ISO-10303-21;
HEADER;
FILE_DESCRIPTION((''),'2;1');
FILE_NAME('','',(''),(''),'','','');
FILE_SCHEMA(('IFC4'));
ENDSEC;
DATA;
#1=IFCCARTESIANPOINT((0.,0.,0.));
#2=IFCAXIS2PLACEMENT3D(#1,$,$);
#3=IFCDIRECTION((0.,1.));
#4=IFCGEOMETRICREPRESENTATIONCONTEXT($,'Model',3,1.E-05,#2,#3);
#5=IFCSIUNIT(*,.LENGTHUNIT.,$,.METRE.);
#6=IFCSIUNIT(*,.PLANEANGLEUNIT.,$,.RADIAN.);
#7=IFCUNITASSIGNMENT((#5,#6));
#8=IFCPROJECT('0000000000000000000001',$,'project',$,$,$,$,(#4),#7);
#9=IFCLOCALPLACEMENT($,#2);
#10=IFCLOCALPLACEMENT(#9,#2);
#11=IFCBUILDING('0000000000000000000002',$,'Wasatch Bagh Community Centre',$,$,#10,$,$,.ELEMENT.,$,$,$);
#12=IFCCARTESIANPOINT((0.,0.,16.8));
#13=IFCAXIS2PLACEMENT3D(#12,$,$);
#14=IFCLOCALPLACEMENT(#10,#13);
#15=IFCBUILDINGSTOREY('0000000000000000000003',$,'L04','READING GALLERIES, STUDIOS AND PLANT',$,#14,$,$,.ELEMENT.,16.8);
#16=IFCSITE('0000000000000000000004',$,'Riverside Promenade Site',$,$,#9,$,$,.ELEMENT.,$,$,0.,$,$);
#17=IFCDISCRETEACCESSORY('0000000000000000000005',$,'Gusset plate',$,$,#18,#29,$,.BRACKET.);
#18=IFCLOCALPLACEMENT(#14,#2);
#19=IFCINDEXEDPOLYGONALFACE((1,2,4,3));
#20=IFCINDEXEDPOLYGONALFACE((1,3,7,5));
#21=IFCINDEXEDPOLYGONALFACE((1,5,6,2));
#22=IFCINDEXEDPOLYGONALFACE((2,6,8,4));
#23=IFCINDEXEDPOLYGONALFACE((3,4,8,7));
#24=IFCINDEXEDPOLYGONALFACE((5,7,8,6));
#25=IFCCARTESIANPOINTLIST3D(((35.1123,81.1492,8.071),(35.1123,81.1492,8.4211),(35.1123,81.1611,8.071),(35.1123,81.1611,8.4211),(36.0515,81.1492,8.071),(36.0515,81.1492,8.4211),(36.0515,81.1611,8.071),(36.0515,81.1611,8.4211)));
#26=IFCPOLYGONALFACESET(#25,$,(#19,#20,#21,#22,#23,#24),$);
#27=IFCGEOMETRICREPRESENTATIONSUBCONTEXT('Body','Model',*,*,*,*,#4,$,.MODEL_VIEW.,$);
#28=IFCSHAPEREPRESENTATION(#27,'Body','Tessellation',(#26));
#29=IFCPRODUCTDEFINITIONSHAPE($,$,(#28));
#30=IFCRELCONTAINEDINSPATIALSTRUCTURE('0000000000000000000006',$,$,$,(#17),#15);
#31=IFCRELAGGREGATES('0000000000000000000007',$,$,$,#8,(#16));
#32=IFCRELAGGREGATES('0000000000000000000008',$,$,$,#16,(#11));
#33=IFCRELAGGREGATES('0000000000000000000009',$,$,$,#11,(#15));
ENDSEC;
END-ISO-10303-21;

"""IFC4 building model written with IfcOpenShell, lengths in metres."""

from ifc_helpers import new_model, si_unit, direction, frame, origin, place, context, subcontext, project, spatial, polyline, outline, extrude, element, save


model = new_model("IFC4")

# Units and contexts
model_context = context("Model", 3, precision=1e-05, world=origin(), true_north=direction((0.0, 1.0)))
body_context = subcontext(model_context, "Body", "Model", "MODEL_VIEW")
ifc_project = project(units=[si_unit("LENGTHUNIT", "METRE"), si_unit("PLANEANGLEUNIT", "RADIAN")], contexts=[model_context])

# Site, building, storey
site_placement = place(None, origin())
site = spatial("IfcSite", under=ifc_project, at=site_placement, Name="Riverside Promenade Site", CompositionType="ELEMENT", RefElevation=0.0)
building_placement = place(site_placement, origin())
building = spatial("IfcBuilding", under=site, at=building_placement, Name="Wasatch Bagh Community Centre", CompositionType="ELEMENT")
storey_placement = place(building_placement, frame((0.0, 0.0, 16.8)))
storey = spatial("IfcBuildingStorey", under=building, at=storey_placement, Name="L04", Description="READING GALLERIES, STUDIOS AND PLANT", CompositionType="ELEMENT", Elevation=16.8)

# Discrete accessory
discrete_accessory_1_placement = place(storey_placement, frame((35.1123, 81.1492, 8.071), z_axis=(0.0, -1.0, 0.0), x_axis=(1.0, 0.0, 0.0)))
element("IfcDiscreteAccessory", 1, at=discrete_accessory_1_placement, inside=storey, Name="Gusset plate", PredefinedType="BRACKET", context=body_context, shape_type="SweptSolid", body=[
    extrude(outline(polyline([(0.0, 0.0), (0.9392, 0.0), (0.9392, 0.3501), (0.0, 0.3501), (0.0, 0.0)])), origin(), (0.0, 0.0, -1.0), 0.012),
])

save(model, "model.ifc")
